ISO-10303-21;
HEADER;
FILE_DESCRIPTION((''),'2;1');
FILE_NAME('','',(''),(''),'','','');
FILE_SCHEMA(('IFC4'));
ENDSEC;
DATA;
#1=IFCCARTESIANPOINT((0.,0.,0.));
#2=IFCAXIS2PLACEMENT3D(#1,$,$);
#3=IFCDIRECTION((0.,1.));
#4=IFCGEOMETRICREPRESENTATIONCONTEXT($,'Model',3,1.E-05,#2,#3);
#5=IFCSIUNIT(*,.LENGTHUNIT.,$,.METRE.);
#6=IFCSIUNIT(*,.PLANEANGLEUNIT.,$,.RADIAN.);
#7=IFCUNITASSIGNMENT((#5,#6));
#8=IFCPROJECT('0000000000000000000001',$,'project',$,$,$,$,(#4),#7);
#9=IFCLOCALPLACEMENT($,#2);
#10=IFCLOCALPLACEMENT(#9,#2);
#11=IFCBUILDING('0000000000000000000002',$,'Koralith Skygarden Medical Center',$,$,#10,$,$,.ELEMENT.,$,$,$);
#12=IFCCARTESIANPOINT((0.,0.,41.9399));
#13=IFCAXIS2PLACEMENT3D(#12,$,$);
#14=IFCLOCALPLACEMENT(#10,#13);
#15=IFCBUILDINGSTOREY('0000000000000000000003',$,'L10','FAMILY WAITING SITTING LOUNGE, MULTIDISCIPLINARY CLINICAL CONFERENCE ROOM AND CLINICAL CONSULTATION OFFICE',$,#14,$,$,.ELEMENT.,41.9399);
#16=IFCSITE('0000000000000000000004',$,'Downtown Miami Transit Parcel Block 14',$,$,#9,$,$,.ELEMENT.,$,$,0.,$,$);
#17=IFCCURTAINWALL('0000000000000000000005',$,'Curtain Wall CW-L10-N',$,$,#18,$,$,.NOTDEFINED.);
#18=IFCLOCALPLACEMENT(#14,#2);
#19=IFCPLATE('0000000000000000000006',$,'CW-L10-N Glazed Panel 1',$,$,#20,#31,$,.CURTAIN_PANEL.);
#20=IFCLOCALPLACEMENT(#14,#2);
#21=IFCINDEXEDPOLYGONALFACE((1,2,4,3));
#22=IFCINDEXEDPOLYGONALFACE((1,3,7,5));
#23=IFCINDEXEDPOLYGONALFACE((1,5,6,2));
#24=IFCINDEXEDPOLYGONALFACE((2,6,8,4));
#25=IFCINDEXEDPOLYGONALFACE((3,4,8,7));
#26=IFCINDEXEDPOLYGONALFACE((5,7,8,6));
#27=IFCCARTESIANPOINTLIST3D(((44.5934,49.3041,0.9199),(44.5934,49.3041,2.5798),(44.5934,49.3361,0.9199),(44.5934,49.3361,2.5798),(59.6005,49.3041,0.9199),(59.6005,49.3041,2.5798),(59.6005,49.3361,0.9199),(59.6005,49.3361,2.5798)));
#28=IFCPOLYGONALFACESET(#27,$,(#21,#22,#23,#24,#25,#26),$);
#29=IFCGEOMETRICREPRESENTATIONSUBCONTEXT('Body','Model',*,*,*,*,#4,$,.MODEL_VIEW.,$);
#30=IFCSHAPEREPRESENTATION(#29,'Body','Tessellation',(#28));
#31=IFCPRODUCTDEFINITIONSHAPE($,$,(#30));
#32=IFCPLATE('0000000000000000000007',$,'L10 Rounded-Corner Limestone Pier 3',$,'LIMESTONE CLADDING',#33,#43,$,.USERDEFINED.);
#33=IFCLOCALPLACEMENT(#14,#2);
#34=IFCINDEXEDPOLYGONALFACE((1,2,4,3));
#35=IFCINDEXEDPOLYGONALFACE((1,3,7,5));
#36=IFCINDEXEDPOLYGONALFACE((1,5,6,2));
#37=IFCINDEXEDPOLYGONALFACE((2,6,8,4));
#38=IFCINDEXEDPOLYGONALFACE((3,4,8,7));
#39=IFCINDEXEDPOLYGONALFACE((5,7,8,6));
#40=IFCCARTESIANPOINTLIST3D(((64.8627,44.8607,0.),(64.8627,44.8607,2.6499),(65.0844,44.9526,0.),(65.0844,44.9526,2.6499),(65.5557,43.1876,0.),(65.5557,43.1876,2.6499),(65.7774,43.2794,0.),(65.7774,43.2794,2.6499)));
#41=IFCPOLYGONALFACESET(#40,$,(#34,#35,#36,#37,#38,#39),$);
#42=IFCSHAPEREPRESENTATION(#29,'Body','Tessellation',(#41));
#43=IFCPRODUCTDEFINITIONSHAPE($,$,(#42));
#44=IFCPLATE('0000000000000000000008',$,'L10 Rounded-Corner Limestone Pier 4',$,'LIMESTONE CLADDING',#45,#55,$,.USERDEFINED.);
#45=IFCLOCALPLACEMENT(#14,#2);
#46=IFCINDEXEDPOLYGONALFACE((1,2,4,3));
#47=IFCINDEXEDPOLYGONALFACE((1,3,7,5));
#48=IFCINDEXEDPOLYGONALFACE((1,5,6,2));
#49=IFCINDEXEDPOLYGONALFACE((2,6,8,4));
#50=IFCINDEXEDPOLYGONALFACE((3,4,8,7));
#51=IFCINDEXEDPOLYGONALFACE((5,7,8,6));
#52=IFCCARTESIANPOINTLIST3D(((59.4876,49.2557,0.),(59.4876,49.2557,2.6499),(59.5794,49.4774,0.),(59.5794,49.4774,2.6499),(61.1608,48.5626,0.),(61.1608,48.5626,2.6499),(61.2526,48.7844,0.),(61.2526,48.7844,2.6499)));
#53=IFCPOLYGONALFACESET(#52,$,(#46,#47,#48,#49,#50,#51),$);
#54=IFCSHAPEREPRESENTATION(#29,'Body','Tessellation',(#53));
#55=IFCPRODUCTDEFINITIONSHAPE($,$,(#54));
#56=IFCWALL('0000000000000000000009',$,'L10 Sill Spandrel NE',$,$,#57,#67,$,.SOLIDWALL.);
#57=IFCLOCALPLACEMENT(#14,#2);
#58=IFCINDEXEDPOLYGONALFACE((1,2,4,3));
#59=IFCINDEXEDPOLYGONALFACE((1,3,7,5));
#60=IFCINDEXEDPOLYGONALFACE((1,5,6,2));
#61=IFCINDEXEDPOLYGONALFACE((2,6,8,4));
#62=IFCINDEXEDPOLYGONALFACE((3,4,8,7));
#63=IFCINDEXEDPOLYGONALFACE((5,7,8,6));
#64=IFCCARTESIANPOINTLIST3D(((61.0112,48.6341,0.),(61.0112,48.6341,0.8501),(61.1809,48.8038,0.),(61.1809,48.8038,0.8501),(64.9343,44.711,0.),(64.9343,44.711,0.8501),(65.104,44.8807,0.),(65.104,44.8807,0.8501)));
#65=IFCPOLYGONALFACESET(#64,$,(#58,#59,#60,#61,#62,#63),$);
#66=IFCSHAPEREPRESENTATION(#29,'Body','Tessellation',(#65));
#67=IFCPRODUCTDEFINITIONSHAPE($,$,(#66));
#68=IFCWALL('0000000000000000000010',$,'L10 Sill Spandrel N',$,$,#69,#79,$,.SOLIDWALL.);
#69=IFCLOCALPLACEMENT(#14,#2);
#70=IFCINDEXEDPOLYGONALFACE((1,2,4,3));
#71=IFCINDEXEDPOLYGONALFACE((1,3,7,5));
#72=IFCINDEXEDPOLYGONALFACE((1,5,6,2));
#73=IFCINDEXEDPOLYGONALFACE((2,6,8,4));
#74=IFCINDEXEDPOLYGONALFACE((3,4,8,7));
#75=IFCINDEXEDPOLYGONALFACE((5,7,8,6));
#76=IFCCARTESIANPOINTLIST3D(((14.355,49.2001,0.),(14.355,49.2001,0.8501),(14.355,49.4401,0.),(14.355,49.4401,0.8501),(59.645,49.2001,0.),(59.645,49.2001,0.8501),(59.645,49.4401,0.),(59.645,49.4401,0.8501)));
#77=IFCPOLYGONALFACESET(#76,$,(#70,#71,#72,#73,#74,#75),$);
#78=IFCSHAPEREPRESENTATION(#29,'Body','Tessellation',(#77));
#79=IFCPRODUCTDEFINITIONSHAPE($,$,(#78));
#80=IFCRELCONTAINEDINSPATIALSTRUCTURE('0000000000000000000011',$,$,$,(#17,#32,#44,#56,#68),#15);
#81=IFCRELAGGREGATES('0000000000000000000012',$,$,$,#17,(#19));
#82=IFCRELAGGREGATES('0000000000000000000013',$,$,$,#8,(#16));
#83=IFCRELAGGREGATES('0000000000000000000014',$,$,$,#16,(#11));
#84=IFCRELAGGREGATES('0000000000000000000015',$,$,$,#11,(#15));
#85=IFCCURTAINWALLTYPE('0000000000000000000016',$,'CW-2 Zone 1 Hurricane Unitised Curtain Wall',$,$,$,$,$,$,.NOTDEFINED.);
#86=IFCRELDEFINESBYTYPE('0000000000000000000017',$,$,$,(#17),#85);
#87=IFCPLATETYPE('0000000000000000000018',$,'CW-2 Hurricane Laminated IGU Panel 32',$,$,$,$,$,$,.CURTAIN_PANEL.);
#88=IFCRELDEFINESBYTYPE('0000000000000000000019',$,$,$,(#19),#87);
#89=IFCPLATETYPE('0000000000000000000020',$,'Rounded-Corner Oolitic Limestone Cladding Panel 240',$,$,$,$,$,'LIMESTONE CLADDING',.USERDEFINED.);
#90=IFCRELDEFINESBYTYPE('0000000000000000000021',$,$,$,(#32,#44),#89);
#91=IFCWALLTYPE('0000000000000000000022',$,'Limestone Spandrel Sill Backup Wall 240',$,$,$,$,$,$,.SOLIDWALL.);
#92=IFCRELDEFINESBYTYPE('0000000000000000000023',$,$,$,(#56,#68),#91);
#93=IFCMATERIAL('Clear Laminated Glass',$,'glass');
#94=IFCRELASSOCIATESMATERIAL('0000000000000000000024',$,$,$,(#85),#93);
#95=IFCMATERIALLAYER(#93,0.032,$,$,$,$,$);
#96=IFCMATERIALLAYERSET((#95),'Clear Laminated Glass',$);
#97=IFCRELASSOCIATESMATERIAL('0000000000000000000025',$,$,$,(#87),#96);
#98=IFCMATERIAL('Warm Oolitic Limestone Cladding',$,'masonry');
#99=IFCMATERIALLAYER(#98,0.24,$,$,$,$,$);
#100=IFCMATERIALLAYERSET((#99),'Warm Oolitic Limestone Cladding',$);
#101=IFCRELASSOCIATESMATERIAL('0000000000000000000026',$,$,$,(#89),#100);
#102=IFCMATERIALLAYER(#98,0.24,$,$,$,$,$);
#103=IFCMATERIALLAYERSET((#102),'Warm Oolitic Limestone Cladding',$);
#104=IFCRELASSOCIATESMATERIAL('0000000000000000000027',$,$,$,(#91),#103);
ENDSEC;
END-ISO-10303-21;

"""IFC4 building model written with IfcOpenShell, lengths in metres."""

from ifc_helpers import new_model, si_unit, direction, frame, frame_2d, origin, origin_2d, place, context, subcontext, project, spatial, rectangle, extrude, material, layer, layer_set, type_object, element, aggregate, save


model = new_model("IFC4")

# Units and contexts
model_context = context("Model", 3, precision=1e-05, world=origin(), true_north=direction((0.0, 1.0)))
body_context = subcontext(model_context, "Body", "Model", "MODEL_VIEW")
ifc_project = project(units=[si_unit("LENGTHUNIT", "METRE"), si_unit("PLANEANGLEUNIT", "RADIAN")], contexts=[model_context])

# Site, building, storey
site_placement = place(None, origin())
site = spatial("IfcSite", under=ifc_project, at=site_placement, Name="Downtown Miami Transit Parcel Block 14", CompositionType="ELEMENT", RefElevation=0.0)
building_placement = place(site_placement, origin())
building = spatial("IfcBuilding", under=site, at=building_placement, Name="Koralith Skygarden Medical Center", CompositionType="ELEMENT")
storey_placement = place(building_placement, frame((0.0, 0.0, 41.9399)))
storey = spatial("IfcBuildingStorey", under=building, at=storey_placement, Name="L10", Description="FAMILY WAITING SITTING LOUNGE, MULTIDISCIPLINARY CLINICAL CONFERENCE ROOM AND CLINICAL CONSULTATION OFFICE", CompositionType="ELEMENT", Elevation=41.9399)

# Shared definitions
ifc_material_1 = material(Name="Clear Laminated Glass", Category="glass")
curtain_wall_type = type_object("IfcCurtainWallType", Name="CW-2 Zone 1 Hurricane Unitised Curtain Wall", PredefinedType="NOTDEFINED", material=ifc_material_1)

# Curtain wall
curtain_wall_1_placement = place(storey_placement, origin())
curtain_wall_1 = element("IfcCurtainWall", 1, at=curtain_wall_1_placement, inside=storey, type_object=curtain_wall_type, Name="Curtain Wall CW-L10-N", PredefinedType="NOTDEFINED")

# Plate
ifc_layer_1 = layer(ifc_material_1, 0.032)
ifc_layer_set_1 = layer_set([ifc_layer_1], Name="Clear Laminated Glass")
plate_type_1 = type_object("IfcPlateType", Name="CW-2 Hurricane Laminated IGU Panel 32", PredefinedType="CURTAIN_PANEL", material=ifc_layer_set_1)
plate_1_placement = place(storey_placement, frame((52.0969, 49.3201, 0.9199), z_axis=(0.0, 0.0, 1.0), x_axis=(-1.0, 0.0, 0.0)))
plate_1 = element("IfcPlate", 2, at=plate_1_placement, type_object=plate_type_1, Name="CW-L10-N Glazed Panel 1", PredefinedType="CURTAIN_PANEL", context=body_context, shape_type="SweptSolid", body=[
    extrude(rectangle(XDim=15.0071, YDim=0.032, at=origin_2d()), origin(), (0.0, 0.0, 1.0), 1.6599),
])
aggregate(curtain_wall_1, [plate_1])

# Plates
ifc_material_2 = material(Name="Warm Oolitic Limestone Cladding", Category="masonry")
ifc_layer_2 = layer(ifc_material_2, 0.24)
ifc_layer_set_2 = layer_set([ifc_layer_2], Name="Warm Oolitic Limestone Cladding")
plate_type_2 = type_object("IfcPlateType", Name="Rounded-Corner Oolitic Limestone Cladding Panel 240", ElementType="LIMESTONE CLADDING", PredefinedType="USERDEFINED", material=ifc_layer_set_2)
for number, where, z_axis, x_axis, name in (
    (3, (65.3201, 44.0701, 0.0), (0.0, 0.0, 1.0), (-0.382671, 0.923885, 0.0), "L10 Rounded-Corner Limestone Pier 3"),
    (4, (60.3701, 49.02, 0.0), (0.0, 0.0, 1.0), (-0.923885, 0.382671, 0.0), "L10 Rounded-Corner Limestone Pier 4"),
):
    element("IfcPlate", number, at=place(storey_placement, frame(where, z_axis=z_axis, x_axis=x_axis)), inside=storey, type_object=plate_type_2, Name=name, ObjectType="LIMESTONE CLADDING", PredefinedType="USERDEFINED", context=body_context, shape_type="SweptSolid", body=[
        extrude(rectangle(XDim=1.811, YDim=0.24, at=origin_2d()), origin(), (0.0, 0.0, 1.0), 2.6499),
    ])

# Walls
ifc_layer_3 = layer(ifc_material_2, 0.24)
ifc_layer_set_3 = layer_set([ifc_layer_3], Name="Warm Oolitic Limestone Cladding")
wall_type = type_object("IfcWallType", Name="Limestone Spandrel Sill Backup Wall 240", PredefinedType="SOLIDWALL", material=ifc_layer_set_3)
wall_1_placement = place(storey_placement, frame((65.019, 44.7959, 0.0), z_axis=(0.0, 0.0, 1.0), x_axis=(-0.707107, 0.707107, 0.0)))
element("IfcWall", 5, at=wall_1_placement, inside=storey, type_object=wall_type, Name="L10 Sill Spandrel NE", PredefinedType="SOLIDWALL", context=body_context, shape_type="SweptSolid", body=[
    extrude(rectangle(XDim=5.5481, YDim=0.24, at=frame_2d((2.7739, 0.0))), origin(), (0.0, 0.0, 1.0), 0.8501),
])
wall_2_placement = place(storey_placement, frame((59.645, 49.3201, 0.0), z_axis=(0.0, 0.0, 1.0), x_axis=(-1.0, 0.0, 0.0)))
element("IfcWall", 6, at=wall_2_placement, inside=storey, type_object=wall_type, Name="L10 Sill Spandrel N", PredefinedType="SOLIDWALL", context=body_context, shape_type="SweptSolid", body=[
    extrude(rectangle(XDim=45.29, YDim=0.24, at=frame_2d((22.645, 0.0))), origin(), (0.0, 0.0, 1.0), 0.8501),
])

save(model, "model.ifc")
